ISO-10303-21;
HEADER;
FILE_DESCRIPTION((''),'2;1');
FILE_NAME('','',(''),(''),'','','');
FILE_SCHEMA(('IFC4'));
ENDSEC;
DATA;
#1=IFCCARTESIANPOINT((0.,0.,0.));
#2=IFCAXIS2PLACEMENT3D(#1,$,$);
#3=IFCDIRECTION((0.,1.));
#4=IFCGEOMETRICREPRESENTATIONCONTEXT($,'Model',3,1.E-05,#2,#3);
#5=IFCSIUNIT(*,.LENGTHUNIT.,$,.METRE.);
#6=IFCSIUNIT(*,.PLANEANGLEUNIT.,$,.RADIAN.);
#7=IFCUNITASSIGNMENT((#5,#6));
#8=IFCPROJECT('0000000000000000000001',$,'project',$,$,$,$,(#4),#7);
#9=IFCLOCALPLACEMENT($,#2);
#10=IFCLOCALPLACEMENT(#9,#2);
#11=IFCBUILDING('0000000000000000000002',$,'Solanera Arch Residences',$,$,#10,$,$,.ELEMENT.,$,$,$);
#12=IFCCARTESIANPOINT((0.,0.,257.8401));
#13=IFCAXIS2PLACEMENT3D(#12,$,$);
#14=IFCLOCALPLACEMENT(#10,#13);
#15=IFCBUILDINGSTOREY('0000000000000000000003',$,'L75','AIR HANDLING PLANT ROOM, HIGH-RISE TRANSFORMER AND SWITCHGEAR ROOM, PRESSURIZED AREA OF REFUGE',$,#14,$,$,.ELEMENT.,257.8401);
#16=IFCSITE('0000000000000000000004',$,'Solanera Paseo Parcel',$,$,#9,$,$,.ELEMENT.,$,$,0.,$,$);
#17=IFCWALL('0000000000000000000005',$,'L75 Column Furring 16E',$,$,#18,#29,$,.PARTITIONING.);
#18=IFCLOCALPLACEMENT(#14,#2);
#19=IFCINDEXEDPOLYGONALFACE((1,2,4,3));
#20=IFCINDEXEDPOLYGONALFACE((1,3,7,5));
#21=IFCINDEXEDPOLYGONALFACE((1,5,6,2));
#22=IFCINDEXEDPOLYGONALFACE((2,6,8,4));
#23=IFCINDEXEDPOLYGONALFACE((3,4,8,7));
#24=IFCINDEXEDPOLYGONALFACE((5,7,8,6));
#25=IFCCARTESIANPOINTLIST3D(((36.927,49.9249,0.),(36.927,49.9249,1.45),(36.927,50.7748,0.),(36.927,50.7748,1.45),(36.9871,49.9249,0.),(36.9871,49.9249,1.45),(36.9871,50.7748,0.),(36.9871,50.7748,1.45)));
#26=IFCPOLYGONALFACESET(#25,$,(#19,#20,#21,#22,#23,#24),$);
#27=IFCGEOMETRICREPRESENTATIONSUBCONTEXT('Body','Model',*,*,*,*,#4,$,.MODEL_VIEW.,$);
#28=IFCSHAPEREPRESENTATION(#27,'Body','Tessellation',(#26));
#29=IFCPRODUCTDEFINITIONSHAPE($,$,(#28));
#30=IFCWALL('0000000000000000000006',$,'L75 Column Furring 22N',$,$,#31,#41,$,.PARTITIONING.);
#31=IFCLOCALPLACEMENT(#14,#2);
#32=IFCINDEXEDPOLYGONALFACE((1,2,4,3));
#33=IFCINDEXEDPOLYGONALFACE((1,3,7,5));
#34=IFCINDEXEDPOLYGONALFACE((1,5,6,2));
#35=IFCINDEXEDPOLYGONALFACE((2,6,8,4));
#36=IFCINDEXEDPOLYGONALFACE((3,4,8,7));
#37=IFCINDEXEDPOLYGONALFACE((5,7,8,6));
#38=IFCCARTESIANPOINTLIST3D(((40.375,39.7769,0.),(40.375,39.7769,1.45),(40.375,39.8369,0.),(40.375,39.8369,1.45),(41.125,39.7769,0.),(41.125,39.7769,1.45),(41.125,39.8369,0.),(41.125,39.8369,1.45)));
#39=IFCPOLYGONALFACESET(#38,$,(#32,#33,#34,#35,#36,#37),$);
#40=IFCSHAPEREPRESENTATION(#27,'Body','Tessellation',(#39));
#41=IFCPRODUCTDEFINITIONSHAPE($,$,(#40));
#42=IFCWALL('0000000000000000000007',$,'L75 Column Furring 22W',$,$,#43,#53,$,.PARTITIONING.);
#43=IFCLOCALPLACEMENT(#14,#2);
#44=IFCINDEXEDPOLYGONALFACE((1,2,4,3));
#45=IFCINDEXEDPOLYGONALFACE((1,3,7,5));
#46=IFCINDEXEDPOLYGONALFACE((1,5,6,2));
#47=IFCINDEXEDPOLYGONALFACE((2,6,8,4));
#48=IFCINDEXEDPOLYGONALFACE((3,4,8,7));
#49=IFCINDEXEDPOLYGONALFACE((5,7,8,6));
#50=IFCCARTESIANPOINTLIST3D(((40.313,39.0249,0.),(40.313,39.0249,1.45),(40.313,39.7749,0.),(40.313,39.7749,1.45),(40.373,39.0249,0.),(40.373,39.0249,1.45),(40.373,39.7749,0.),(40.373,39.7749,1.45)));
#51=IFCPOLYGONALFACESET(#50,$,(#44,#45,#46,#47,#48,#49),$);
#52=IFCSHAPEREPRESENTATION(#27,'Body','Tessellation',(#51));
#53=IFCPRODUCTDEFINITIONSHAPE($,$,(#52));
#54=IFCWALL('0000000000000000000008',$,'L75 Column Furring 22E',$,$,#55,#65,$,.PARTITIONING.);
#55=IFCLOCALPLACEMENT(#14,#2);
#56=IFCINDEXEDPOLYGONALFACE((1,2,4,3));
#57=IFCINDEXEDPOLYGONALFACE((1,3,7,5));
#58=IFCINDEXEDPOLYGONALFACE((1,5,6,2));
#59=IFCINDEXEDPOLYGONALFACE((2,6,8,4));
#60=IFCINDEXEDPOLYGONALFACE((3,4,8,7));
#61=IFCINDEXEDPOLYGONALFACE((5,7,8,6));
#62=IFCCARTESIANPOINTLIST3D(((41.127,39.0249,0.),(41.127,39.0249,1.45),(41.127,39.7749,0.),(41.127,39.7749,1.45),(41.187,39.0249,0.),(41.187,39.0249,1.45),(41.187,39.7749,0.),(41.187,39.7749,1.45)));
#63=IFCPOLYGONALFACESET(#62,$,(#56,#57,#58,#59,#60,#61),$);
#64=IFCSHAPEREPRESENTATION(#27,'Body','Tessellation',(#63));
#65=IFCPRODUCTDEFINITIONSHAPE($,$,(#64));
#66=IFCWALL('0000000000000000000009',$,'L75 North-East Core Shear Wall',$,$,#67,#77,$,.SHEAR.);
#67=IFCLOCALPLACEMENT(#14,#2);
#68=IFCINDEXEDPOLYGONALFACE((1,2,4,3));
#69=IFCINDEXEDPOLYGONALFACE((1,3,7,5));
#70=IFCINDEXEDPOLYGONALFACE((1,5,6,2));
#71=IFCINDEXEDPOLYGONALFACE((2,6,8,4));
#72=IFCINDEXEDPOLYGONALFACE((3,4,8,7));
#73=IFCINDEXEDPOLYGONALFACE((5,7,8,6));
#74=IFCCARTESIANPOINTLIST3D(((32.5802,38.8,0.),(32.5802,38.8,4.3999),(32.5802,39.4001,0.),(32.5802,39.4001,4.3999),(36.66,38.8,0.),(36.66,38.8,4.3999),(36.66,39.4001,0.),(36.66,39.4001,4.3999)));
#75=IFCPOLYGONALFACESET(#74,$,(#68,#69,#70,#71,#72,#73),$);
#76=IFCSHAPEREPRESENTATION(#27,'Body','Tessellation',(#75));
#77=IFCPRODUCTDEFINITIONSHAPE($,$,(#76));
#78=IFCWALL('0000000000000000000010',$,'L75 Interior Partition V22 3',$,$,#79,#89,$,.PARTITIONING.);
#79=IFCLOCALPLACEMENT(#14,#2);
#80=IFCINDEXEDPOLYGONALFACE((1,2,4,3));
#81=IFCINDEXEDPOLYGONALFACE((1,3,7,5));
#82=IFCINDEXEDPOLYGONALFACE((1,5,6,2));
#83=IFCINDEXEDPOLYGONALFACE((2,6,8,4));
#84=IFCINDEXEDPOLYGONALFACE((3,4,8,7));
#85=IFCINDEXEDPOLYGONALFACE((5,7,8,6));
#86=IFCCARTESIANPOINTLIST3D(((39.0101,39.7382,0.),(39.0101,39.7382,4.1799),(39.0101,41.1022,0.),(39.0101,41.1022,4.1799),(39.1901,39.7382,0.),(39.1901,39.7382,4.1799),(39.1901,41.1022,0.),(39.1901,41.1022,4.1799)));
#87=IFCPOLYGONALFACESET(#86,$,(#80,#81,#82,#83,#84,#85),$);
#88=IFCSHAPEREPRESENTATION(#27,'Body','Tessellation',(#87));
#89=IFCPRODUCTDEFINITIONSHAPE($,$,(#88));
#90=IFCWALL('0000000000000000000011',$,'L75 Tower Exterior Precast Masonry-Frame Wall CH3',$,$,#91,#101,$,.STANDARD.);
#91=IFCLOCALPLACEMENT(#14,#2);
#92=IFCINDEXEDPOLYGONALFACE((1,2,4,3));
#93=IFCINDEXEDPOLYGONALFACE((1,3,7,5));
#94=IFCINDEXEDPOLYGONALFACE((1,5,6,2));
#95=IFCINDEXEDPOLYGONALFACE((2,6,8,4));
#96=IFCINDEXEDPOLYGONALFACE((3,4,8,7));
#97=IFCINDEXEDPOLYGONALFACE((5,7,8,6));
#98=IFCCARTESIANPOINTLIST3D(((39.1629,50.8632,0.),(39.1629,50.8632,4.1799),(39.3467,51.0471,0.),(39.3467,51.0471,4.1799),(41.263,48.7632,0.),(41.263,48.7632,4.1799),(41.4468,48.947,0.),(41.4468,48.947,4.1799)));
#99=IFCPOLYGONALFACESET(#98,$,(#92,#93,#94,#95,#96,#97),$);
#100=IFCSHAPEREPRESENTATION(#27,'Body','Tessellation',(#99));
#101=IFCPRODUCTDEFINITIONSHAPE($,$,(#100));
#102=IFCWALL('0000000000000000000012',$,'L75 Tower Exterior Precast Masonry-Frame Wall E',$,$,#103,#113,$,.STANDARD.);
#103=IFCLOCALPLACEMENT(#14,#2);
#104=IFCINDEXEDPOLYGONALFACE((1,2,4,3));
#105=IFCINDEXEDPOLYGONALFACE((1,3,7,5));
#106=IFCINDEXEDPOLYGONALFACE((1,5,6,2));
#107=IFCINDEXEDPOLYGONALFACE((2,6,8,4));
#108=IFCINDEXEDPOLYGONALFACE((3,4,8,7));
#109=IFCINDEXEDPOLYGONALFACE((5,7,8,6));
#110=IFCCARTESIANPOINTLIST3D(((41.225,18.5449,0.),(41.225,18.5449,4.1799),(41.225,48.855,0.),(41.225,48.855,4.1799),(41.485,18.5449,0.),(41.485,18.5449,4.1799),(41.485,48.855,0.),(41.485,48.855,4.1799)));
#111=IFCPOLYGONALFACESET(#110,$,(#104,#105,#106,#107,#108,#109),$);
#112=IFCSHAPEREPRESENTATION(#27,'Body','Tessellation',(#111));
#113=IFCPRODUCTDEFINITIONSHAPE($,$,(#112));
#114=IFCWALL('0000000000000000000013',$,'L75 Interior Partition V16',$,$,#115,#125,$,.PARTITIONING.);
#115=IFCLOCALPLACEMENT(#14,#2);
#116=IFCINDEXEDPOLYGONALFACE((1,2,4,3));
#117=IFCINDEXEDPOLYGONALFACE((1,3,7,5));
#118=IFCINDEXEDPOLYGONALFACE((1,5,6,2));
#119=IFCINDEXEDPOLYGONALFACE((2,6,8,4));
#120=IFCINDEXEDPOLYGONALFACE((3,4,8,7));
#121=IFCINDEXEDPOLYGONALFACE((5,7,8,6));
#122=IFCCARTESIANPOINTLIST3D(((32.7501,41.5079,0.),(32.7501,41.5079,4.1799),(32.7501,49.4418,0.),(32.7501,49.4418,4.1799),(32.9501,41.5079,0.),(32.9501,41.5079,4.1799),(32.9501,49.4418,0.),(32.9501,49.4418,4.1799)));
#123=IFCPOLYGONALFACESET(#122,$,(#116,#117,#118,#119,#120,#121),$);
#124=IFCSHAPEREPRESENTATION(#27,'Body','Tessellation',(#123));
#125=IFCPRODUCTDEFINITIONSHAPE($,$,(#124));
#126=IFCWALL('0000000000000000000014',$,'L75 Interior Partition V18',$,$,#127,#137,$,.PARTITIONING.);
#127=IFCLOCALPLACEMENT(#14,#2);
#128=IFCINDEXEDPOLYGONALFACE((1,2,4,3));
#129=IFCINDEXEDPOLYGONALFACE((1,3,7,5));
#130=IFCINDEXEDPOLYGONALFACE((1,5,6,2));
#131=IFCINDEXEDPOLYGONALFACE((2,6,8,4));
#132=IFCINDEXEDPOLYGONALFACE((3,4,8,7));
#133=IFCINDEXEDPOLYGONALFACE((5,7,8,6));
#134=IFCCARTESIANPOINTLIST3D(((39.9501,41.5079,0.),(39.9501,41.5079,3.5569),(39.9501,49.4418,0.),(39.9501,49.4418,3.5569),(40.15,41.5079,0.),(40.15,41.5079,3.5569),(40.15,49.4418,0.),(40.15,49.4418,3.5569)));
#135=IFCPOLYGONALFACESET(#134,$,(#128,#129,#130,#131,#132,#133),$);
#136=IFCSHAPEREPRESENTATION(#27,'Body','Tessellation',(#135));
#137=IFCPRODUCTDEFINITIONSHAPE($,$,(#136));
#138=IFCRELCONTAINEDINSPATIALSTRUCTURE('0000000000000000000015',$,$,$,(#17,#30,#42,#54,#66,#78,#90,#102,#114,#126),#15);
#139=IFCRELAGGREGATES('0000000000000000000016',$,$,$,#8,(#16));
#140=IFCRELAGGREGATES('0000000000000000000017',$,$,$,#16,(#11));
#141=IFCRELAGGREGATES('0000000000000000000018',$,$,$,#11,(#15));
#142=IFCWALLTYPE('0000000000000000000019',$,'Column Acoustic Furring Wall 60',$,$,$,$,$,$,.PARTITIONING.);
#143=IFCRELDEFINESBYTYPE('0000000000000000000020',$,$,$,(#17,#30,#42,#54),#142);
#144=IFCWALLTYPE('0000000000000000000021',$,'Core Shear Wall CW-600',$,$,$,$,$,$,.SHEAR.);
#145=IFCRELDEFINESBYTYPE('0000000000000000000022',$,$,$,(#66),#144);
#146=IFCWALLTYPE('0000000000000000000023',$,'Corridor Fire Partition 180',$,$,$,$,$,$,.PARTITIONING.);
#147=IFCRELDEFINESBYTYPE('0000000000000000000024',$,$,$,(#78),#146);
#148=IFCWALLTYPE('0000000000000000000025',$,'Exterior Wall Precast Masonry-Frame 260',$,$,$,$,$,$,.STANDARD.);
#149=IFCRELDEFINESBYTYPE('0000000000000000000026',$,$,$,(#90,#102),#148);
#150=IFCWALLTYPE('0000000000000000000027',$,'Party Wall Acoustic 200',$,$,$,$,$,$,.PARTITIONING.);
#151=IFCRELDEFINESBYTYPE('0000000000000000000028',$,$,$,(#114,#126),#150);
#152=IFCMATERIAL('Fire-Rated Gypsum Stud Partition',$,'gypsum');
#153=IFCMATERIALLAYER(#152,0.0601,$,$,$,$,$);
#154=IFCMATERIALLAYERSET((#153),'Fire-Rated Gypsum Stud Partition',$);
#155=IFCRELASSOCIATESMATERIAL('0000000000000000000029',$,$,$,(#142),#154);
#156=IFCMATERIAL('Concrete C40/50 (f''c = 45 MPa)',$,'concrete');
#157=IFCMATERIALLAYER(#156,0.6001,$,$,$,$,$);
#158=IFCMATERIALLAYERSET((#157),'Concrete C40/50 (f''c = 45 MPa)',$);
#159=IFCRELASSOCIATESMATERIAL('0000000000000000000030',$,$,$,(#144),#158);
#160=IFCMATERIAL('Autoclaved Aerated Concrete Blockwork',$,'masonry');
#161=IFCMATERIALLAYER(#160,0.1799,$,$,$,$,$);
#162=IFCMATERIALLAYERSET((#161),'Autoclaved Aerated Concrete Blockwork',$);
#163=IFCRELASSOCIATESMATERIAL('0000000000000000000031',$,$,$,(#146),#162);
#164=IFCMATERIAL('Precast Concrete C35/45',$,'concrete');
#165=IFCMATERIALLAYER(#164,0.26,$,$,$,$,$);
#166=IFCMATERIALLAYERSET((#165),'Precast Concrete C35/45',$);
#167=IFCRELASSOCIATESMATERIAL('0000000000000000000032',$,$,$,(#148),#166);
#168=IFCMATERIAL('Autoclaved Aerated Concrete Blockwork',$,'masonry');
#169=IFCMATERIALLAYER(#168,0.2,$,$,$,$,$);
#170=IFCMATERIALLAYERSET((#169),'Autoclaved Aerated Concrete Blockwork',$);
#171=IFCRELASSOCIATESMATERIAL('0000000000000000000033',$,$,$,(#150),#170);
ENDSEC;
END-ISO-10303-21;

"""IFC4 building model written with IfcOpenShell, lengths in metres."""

from ifc_helpers import new_model, si_unit, direction, frame, frame_2d, origin, place, context, subcontext, project, spatial, rectangle, extrude, material, layer, layer_set, type_object, element, save


model = new_model("IFC4")

# Units and contexts
model_context = context("Model", 3, precision=1e-05, world=origin(), true_north=direction((0.0, 1.0)))
body_context = subcontext(model_context, "Body", "Model", "MODEL_VIEW")
ifc_project = project(units=[si_unit("LENGTHUNIT", "METRE"), si_unit("PLANEANGLEUNIT", "RADIAN")], contexts=[model_context])

# Site, building, storey
site_placement = place(None, origin())
site = spatial("IfcSite", under=ifc_project, at=site_placement, Name="Solanera Paseo Parcel", CompositionType="ELEMENT", RefElevation=0.0)
building_placement = place(site_placement, origin())
building = spatial("IfcBuilding", under=site, at=building_placement, Name="Solanera Arch Residences", CompositionType="ELEMENT")
storey_placement = place(building_placement, frame((0.0, 0.0, 257.8401)))
storey = spatial("IfcBuildingStorey", under=building, at=storey_placement, Name="L75", Description="AIR HANDLING PLANT ROOM, HIGH-RISE TRANSFORMER AND SWITCHGEAR ROOM, PRESSURIZED AREA OF REFUGE", CompositionType="ELEMENT", Elevation=257.8401)

# Walls
ifc_material_1 = material(Name="Fire-Rated Gypsum Stud Partition", Category="gypsum")
ifc_layer_1 = layer(ifc_material_1, 0.0601)
ifc_layer_set_1 = layer_set([ifc_layer_1], Name="Fire-Rated Gypsum Stud Partition")
wall_type_1 = type_object("IfcWallType", Name="Column Acoustic Furring Wall 60", PredefinedType="PARTITIONING", material=ifc_layer_set_1)
for number, where, z_axis, x_axis, name in (
    (1, (36.957, 49.925, 0.0), (0.0, 0.0, 1.0), (0.0, 1.0, 0.0), "L75 Column Furring 16E"),
):
    element("IfcWall", number, at=place(storey_placement, frame(where, z_axis=z_axis, x_axis=x_axis)), inside=storey, type_object=wall_type_1, Name=name, PredefinedType="PARTITIONING", context=body_context, shape_type="SweptSolid", body=[
        extrude(rectangle(XDim=0.8499, YDim=0.0601, at=frame_2d((0.4248, 0.0))), origin(), (0.0, 0.0, 1.0), 1.45),
    ])
for number, where, z_axis, x_axis, name in (
    (2, (40.375, 39.8069, 0.0), (0.0, 0.0, 1.0), (1.0, 0.0, 0.0), "L75 Column Furring 22N"),
    (3, (40.343, 39.0249, 0.0), (0.0, 0.0, 1.0), (0.0, 1.0, 0.0), "L75 Column Furring 22W"),
    (4, (41.157, 39.0249, 0.0), (0.0, 0.0, 1.0), (0.0, 1.0, 0.0), "L75 Column Furring 22E"),
):
    element("IfcWall", number, at=place(storey_placement, frame(where, z_axis=z_axis, x_axis=x_axis)), inside=storey, type_object=wall_type_1, Name=name, PredefinedType="PARTITIONING", context=body_context, shape_type="SweptSolid", body=[
        extrude(rectangle(XDim=0.75, YDim=0.0601, at=frame_2d((0.375, 0.0))), origin(), (0.0, 0.0, 1.0), 1.45),
    ])
ifc_material_2 = material(Name="Concrete C40/50 (f'c = 45 MPa)", Category="concrete")
ifc_layer_2 = layer(ifc_material_2, 0.6001)
ifc_layer_set_2 = layer_set([ifc_layer_2], Name="Concrete C40/50 (f'c = 45 MPa)")
wall_type_2 = type_object("IfcWallType", Name="Core Shear Wall CW-600", PredefinedType="SHEAR", material=ifc_layer_set_2)
wall_1_placement = place(storey_placement, frame((32.5801, 39.1001, 0.0), z_axis=(0.0, 0.0, 1.0), x_axis=(1.0, 0.0, 0.0)))
element("IfcWall", 5, at=wall_1_placement, inside=storey, type_object=wall_type_2, Name="L75 North-East Core Shear Wall", PredefinedType="SHEAR", context=body_context, shape_type="SweptSolid", body=[
    extrude(rectangle(XDim=4.0798, YDim=0.6001, at=frame_2d((2.04, 0.0))), origin(), (0.0, 0.0, 1.0), 4.3999),
])
ifc_material_3 = material(Name="Autoclaved Aerated Concrete Blockwork", Category="masonry")
ifc_layer_3 = layer(ifc_material_3, 0.1799)
ifc_layer_set_3 = layer_set([ifc_layer_3], Name="Autoclaved Aerated Concrete Blockwork")
wall_type_3 = type_object("IfcWallType", Name="Corridor Fire Partition 180", PredefinedType="PARTITIONING", material=ifc_layer_set_3)
wall_2_placement = place(storey_placement, frame((39.1001, 39.738, 0.0), z_axis=(0.0, 0.0, 1.0), x_axis=(0.0, 1.0, 0.0)))
element("IfcWall", 6, at=wall_2_placement, inside=storey, type_object=wall_type_3, Name="L75 Interior Partition V22 3", PredefinedType="PARTITIONING", context=body_context, shape_type="SweptSolid", body=[
    extrude(rectangle(XDim=1.364, YDim=0.1799, at=frame_2d((0.6821, 0.0))), origin(), (0.0, 0.0, 1.0), 4.1799),
])
ifc_material_4 = material(Name="Precast Concrete C35/45", Category="concrete")
ifc_layer_4 = layer(ifc_material_4, 0.26)
ifc_layer_set_4 = layer_set([ifc_layer_4], Name="Precast Concrete C35/45")
wall_type_4 = type_object("IfcWallType", Name="Exterior Wall Precast Masonry-Frame 260", PredefinedType="STANDARD", material=ifc_layer_set_4)
wall_3_placement = place(storey_placement, frame((39.2549, 50.9551, 0.0), z_axis=(0.0, 0.0, 1.0), x_axis=(0.707107, -0.707107, 0.0)))
element("IfcWall", 7, at=wall_3_placement, inside=storey, type_object=wall_type_4, Name="L75 Tower Exterior Precast Masonry-Frame Wall CH3", PredefinedType="STANDARD", context=body_context, shape_type="SweptSolid", body=[
    extrude(rectangle(XDim=2.97, YDim=0.26, at=frame_2d((1.4849, 0.0))), origin(), (0.0, 0.0, 1.0), 4.1799),
])
wall_4_placement = place(storey_placement, frame((41.355, 48.855, 0.0), z_axis=(0.0, 0.0, 1.0), x_axis=(0.0, -1.0, 0.0)))
element("IfcWall", 8, at=wall_4_placement, inside=storey, type_object=wall_type_4, Name="L75 Tower Exterior Precast Masonry-Frame Wall E", PredefinedType="STANDARD", context=body_context, shape_type="SweptSolid", body=[
    extrude(rectangle(XDim=30.3101, YDim=0.26, at=frame_2d((15.155, 0.0))), origin(), (0.0, 0.0, 1.0), 4.1799),
])
ifc_material_5 = material(Name="Autoclaved Aerated Concrete Blockwork", Category="masonry")
ifc_layer_5 = layer(ifc_material_5, 0.2)
ifc_layer_set_5 = layer_set([ifc_layer_5], Name="Autoclaved Aerated Concrete Blockwork")
wall_type_5 = type_object("IfcWallType", Name="Party Wall Acoustic 200", PredefinedType="PARTITIONING", material=ifc_layer_set_5)
wall_5_placement = place(storey_placement, frame((32.8501, 41.5081, 0.0), z_axis=(0.0, 0.0, 1.0), x_axis=(0.0, 1.0, 0.0)))
element("IfcWall", 9, at=wall_5_placement, inside=storey, type_object=wall_type_5, Name="L75 Interior Partition V16", PredefinedType="PARTITIONING", context=body_context, shape_type="SweptSolid", body=[
    extrude(rectangle(XDim=7.9338, YDim=0.2, at=frame_2d((3.9668, 0.0))), origin(), (0.0, 0.0, 1.0), 4.1799),
])
wall_6_placement = place(storey_placement, frame((40.05, 41.5081, 0.0), z_axis=(0.0, 0.0, 1.0), x_axis=(0.0, 1.0, 0.0)))
element("IfcWall", 10, at=wall_6_placement, inside=storey, type_object=wall_type_5, Name="L75 Interior Partition V18", PredefinedType="PARTITIONING", context=body_context, shape_type="SweptSolid", body=[
    extrude(rectangle(XDim=7.9338, YDim=0.2, at=frame_2d((3.9668, 0.0))), origin(), (0.0, 0.0, 1.0), 3.5569),
])

save(model, "model.ifc")
